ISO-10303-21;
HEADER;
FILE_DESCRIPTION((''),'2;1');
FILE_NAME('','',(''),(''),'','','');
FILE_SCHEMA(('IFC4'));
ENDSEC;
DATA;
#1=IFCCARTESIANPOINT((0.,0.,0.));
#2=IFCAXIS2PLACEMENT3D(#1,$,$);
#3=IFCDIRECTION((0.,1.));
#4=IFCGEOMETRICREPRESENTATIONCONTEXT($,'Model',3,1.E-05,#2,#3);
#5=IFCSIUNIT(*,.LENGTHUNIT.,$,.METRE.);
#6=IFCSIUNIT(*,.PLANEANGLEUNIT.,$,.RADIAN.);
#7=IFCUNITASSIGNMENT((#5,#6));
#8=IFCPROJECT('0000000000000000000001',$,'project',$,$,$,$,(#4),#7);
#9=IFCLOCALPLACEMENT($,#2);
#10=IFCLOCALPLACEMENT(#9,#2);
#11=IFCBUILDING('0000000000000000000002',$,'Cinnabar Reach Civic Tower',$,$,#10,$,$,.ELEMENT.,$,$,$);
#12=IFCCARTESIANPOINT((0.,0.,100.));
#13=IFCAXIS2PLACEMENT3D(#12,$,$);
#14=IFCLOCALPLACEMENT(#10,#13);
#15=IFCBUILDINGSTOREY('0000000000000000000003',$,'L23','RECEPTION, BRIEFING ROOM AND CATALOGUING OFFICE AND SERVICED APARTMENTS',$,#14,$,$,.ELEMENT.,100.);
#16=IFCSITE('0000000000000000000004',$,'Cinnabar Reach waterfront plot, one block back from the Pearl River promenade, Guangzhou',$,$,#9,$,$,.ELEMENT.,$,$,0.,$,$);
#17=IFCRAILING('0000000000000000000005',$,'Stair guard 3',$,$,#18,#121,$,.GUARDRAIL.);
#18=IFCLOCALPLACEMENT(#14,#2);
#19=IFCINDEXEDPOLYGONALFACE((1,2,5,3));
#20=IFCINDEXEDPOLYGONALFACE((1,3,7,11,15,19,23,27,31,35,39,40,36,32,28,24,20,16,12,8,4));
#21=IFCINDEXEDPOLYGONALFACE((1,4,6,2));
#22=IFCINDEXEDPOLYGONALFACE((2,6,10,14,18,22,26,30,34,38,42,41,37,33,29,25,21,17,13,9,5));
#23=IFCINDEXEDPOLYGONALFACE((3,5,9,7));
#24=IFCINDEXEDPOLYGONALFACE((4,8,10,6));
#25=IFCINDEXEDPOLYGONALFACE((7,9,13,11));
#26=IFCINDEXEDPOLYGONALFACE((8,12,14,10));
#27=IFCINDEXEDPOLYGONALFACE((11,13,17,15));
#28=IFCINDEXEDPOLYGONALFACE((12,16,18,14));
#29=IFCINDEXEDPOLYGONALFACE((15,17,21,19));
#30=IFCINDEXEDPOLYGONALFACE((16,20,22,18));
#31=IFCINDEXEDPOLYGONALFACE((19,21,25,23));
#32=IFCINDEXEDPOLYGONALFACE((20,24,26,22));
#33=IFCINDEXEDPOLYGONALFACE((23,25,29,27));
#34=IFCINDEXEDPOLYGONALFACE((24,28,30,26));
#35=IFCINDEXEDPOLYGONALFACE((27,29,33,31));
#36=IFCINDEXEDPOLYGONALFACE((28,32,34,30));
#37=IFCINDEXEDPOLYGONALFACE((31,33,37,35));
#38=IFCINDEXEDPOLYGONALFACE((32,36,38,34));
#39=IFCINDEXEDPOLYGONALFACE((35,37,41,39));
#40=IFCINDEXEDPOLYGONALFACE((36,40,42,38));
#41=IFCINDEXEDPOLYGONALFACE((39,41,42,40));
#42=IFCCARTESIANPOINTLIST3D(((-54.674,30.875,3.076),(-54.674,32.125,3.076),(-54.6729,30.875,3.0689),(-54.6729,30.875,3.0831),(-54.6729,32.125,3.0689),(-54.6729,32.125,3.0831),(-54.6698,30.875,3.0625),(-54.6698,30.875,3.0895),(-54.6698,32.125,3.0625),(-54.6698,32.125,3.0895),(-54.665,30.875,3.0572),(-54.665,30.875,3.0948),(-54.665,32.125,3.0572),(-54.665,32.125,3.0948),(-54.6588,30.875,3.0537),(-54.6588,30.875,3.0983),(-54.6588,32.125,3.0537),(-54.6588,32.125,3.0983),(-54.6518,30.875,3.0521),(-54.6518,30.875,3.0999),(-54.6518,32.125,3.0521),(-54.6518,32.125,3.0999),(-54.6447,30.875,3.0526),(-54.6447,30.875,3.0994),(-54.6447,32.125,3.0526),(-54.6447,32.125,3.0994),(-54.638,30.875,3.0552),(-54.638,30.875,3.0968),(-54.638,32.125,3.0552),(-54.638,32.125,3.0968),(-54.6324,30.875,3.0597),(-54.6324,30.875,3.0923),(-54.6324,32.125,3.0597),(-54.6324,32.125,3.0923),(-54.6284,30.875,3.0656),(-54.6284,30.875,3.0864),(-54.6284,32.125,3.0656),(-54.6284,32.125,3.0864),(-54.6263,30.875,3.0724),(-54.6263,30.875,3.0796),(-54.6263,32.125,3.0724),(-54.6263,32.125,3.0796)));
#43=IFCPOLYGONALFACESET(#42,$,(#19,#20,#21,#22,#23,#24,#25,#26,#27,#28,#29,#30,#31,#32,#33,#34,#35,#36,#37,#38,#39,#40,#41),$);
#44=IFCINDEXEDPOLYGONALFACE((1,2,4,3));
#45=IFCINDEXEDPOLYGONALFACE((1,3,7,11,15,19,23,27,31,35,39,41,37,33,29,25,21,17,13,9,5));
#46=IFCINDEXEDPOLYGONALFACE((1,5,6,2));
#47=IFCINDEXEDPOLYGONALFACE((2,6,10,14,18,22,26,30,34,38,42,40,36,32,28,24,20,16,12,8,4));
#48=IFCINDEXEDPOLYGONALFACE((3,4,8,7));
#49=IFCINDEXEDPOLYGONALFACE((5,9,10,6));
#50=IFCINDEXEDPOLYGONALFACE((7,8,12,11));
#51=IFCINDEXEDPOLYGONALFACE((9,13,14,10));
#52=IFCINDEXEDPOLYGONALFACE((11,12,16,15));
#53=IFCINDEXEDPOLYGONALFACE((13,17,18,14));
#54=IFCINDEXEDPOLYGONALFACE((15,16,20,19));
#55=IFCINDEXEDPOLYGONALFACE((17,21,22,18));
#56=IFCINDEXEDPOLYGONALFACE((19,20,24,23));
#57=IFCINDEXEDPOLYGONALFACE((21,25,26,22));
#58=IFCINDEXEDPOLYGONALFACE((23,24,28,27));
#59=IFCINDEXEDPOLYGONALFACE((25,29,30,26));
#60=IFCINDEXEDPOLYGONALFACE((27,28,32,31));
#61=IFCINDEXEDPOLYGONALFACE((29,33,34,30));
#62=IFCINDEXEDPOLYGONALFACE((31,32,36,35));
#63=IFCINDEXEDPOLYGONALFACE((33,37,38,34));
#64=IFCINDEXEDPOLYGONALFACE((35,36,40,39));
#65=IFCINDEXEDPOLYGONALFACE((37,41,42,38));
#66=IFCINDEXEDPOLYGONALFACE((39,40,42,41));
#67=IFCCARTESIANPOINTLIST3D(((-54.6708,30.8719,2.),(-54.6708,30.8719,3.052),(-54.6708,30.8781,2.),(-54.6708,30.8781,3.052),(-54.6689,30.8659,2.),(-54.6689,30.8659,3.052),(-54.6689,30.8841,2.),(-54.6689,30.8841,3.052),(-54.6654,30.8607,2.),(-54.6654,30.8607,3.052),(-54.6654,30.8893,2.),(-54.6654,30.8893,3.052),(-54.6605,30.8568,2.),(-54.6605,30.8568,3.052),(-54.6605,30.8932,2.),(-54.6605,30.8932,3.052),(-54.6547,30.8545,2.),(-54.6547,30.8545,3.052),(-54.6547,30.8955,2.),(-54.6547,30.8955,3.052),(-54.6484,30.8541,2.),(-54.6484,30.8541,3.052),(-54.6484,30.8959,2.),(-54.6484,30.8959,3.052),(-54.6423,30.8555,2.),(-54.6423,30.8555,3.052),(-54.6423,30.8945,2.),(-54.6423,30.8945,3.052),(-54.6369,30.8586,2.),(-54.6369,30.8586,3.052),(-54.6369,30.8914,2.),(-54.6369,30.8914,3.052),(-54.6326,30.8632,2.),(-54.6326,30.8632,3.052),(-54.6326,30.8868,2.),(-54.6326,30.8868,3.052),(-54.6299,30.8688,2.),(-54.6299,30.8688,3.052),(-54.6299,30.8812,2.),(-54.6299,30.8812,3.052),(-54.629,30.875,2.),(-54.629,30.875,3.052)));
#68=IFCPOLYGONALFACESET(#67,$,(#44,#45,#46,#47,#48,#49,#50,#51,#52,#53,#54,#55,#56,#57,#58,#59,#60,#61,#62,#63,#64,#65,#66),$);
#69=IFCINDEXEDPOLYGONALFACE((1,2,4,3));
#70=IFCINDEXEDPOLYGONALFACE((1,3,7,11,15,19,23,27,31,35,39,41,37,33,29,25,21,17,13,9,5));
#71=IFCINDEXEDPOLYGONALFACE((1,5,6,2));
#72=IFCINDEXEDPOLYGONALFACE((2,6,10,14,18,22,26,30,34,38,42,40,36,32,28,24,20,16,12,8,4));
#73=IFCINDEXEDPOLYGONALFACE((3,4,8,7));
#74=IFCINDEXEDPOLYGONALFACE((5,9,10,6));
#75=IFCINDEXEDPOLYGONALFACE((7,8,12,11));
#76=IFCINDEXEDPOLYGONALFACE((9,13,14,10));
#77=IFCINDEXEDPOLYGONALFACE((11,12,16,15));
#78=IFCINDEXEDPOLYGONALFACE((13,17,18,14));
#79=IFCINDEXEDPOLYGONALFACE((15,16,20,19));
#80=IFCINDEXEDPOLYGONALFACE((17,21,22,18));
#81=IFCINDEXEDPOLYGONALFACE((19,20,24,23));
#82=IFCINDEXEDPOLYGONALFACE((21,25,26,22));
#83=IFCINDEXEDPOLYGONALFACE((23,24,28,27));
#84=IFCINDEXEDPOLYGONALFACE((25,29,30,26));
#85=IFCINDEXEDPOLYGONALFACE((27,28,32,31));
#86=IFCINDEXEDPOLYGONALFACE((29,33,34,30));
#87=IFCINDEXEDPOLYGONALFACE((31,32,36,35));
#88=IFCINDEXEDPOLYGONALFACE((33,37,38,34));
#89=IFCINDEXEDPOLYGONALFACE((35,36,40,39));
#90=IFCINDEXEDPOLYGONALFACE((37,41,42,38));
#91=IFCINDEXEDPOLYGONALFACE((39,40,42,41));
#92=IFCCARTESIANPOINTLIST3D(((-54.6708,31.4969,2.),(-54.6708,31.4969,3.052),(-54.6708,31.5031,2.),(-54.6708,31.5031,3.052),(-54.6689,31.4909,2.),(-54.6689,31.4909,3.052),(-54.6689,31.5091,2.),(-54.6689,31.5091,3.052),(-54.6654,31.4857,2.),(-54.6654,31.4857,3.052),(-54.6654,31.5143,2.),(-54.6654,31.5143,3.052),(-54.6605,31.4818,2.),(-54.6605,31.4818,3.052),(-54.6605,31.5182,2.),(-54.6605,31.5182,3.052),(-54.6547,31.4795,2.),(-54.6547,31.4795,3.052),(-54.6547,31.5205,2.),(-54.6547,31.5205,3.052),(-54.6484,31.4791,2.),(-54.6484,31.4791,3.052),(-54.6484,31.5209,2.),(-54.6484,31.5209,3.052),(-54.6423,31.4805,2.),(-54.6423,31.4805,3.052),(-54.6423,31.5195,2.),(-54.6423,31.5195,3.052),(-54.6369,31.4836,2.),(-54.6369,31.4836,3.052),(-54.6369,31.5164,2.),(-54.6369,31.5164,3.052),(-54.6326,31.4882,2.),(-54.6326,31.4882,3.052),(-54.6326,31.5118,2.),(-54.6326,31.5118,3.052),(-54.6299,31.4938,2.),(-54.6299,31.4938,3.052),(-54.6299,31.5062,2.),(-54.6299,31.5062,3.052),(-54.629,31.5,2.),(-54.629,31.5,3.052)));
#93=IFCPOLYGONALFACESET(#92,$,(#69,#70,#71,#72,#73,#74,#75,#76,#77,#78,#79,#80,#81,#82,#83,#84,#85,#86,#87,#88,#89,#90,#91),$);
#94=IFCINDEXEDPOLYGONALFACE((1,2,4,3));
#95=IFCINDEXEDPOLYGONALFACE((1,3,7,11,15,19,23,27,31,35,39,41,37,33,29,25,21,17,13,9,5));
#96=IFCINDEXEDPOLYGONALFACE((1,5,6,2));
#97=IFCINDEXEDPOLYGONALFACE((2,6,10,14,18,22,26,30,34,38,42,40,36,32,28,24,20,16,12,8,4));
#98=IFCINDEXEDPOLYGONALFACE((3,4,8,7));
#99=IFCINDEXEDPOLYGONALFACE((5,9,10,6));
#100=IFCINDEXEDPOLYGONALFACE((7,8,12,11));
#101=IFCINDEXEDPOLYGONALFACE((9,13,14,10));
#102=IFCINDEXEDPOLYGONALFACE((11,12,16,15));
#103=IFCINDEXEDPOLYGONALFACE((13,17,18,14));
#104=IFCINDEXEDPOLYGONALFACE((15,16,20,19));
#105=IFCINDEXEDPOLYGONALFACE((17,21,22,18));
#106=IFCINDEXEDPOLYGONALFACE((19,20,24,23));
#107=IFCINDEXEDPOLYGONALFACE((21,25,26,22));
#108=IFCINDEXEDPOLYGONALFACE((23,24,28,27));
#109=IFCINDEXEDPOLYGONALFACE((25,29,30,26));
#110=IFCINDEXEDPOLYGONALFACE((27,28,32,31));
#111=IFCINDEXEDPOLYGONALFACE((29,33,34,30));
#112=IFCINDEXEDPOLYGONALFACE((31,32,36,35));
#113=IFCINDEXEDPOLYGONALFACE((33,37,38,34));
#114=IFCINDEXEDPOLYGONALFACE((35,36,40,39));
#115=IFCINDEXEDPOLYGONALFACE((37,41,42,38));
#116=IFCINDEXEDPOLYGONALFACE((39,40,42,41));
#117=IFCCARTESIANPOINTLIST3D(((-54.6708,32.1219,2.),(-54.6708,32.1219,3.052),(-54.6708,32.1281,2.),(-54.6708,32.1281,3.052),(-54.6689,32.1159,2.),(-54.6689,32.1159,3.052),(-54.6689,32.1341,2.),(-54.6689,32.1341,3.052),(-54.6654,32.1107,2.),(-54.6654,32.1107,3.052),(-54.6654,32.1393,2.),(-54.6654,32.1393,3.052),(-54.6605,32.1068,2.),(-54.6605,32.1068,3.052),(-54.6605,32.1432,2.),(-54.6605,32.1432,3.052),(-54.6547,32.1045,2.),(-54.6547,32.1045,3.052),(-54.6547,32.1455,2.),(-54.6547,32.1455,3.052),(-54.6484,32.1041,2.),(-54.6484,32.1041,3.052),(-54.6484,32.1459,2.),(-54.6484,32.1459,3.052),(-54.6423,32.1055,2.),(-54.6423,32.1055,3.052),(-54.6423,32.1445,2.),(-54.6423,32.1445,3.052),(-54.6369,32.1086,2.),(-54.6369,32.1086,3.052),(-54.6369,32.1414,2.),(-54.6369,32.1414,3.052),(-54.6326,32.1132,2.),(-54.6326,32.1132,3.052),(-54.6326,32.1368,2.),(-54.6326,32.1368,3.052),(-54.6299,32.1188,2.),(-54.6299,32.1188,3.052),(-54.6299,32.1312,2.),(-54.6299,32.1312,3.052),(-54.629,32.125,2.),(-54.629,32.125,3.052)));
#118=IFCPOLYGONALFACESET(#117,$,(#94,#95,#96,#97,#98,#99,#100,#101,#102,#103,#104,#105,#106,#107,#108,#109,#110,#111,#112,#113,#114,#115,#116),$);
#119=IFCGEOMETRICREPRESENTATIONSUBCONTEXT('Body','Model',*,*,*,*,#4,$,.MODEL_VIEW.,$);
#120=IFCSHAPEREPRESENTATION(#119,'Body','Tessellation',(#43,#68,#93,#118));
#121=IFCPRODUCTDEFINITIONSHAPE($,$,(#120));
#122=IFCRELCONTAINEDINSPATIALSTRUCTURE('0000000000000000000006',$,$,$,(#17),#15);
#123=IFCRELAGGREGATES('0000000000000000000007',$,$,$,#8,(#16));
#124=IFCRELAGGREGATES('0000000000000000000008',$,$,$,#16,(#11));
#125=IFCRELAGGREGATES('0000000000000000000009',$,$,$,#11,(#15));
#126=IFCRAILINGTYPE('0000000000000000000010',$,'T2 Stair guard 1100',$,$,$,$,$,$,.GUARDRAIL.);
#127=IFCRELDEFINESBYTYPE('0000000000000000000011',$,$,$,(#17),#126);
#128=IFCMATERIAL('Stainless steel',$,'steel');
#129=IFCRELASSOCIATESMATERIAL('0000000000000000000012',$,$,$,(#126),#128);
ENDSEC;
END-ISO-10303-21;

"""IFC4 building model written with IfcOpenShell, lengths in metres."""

from ifc_helpers import new_model, si_unit, direction, frame, origin, origin_2d, place, context, subcontext, project, spatial, circle, extrude, material, type_object, element, save


model = new_model("IFC4")

# Units and contexts
model_context = context("Model", 3, precision=1e-05, world=origin(), true_north=direction((0.0, 1.0)))
body_context = subcontext(model_context, "Body", "Model", "MODEL_VIEW")
ifc_project = project(units=[si_unit("LENGTHUNIT", "METRE"), si_unit("PLANEANGLEUNIT", "RADIAN")], contexts=[model_context])

# Site, building, storey
site_placement = place(None, origin())
site = spatial("IfcSite", under=ifc_project, at=site_placement, Name="Cinnabar Reach waterfront plot, one block back from the Pearl River promenade, Guangzhou", CompositionType="ELEMENT", RefElevation=0.0)
building_placement = place(site_placement, origin())
building = spatial("IfcBuilding", under=site, at=building_placement, Name="Cinnabar Reach Civic Tower", CompositionType="ELEMENT")
storey_placement = place(building_placement, frame((0.0, 0.0, 100.0)))
storey = spatial("IfcBuildingStorey", under=building, at=storey_placement, Name="L23", Description="RECEPTION, BRIEFING ROOM AND CATALOGUING OFFICE AND SERVICED APARTMENTS", CompositionType="ELEMENT", Elevation=100.0)

# Railing
ifc_material_1 = material(Name="Stainless steel", Category="steel")
railing_type = type_object("IfcRailingType", Name="T2 Stair guard 1100", PredefinedType="GUARDRAIL", material=ifc_material_1)
railing_1_placement = place(storey_placement, frame((-54.65, 30.875, 2.0)))
element("IfcRailing", 1, at=railing_1_placement, inside=storey, type_object=railing_type, Name="Stair guard 3", PredefinedType="GUARDRAIL", context=body_context, shape_type="SweptSolid", body=[
    extrude(circle(Radius=0.024, at=origin_2d()), frame((0.0, 0.0, 1.076), z_axis=(0.0, 1.0, 0.0), x_axis=(-1.0, 0.0, 0.0)), (0.0, 0.0, 1.0), 1.25),
    extrude(circle(Radius=0.021, at=origin_2d()), origin(), (0.0, 0.0, 1.0), 1.052),
    extrude(circle(Radius=0.021, at=origin_2d()), frame((0.0, 0.625, 0.0)), (0.0, 0.0, 1.0), 1.052),
    extrude(circle(Radius=0.021, at=origin_2d()), frame((0.0, 1.25, 0.0)), (0.0, 0.0, 1.0), 1.052),
])

save(model, "model.ifc")
